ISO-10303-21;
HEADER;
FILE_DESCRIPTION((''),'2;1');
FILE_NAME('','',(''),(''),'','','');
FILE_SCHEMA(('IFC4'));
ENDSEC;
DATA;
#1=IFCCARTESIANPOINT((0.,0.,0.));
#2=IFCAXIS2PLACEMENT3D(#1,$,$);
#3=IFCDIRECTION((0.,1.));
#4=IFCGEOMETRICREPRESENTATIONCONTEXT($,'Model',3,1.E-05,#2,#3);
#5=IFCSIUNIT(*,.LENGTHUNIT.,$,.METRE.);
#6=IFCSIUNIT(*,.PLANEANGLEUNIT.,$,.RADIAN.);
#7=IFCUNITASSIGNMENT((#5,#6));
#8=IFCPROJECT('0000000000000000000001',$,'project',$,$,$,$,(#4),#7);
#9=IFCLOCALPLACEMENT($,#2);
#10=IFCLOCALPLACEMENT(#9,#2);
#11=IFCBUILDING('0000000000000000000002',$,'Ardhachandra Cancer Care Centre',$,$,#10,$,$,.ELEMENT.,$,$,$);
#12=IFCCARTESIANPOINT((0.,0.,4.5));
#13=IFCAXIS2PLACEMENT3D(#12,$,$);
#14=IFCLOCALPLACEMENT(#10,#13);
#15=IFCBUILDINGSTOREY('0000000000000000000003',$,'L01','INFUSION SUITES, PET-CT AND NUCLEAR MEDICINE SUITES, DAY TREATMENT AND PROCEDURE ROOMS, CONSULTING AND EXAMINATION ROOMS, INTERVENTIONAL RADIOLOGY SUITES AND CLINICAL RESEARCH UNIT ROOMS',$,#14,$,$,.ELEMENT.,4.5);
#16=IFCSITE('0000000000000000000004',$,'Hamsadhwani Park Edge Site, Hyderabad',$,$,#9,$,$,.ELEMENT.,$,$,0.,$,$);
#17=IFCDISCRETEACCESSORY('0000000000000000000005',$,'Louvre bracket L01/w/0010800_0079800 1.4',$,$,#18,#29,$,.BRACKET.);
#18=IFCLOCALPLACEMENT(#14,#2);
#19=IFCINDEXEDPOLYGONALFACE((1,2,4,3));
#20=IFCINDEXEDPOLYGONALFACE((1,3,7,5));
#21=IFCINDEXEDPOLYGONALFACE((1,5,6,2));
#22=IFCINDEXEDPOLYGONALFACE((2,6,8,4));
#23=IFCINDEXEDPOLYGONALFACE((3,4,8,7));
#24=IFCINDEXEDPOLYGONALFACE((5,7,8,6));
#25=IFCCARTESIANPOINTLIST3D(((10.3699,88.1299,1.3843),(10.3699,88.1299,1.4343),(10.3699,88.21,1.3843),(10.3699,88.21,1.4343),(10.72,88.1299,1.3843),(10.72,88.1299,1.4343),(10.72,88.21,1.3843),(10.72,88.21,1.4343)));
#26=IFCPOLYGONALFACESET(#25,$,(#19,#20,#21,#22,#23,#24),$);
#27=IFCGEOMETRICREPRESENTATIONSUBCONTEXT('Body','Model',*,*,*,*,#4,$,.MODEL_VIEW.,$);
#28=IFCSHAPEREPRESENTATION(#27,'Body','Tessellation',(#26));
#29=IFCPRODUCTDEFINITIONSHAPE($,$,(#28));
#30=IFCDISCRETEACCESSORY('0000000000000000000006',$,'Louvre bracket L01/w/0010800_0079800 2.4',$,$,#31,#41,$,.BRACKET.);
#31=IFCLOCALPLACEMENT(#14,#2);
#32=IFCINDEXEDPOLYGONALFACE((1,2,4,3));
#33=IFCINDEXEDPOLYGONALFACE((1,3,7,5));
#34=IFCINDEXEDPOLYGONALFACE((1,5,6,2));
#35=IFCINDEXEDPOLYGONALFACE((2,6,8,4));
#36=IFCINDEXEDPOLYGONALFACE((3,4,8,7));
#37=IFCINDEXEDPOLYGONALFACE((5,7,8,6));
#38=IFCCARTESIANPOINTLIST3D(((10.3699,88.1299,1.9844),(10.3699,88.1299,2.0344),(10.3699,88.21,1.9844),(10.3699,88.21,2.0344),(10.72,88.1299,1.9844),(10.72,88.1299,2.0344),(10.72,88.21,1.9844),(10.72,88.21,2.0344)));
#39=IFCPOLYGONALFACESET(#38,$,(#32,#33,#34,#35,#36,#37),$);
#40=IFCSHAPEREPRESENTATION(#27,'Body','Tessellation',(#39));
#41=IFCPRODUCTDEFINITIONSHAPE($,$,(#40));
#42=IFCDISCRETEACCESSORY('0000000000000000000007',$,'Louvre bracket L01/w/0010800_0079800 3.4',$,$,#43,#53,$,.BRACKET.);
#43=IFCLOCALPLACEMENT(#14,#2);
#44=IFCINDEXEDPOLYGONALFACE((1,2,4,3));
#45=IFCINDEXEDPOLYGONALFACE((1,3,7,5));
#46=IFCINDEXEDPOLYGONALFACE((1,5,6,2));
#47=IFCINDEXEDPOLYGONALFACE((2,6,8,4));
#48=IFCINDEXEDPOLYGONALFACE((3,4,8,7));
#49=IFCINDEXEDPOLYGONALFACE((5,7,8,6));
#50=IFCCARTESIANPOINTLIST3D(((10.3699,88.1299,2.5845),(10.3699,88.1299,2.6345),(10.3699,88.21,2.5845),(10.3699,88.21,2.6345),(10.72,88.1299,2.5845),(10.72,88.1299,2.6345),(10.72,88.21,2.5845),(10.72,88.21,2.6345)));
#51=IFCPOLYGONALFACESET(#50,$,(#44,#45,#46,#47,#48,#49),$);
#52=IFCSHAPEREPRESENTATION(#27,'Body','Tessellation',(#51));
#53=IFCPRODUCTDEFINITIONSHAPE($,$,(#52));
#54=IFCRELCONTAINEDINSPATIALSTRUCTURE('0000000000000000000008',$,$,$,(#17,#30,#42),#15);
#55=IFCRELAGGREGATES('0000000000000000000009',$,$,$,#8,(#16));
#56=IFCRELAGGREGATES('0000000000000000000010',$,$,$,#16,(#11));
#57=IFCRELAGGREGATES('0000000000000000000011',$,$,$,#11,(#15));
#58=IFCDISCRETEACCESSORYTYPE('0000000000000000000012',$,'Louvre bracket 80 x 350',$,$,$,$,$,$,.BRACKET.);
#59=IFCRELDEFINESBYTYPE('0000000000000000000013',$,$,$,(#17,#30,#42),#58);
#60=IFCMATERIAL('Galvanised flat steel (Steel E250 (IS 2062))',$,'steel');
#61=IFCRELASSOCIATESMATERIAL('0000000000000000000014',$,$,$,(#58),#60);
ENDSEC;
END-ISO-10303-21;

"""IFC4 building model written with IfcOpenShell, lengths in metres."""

from ifc_helpers import new_model, si_unit, direction, frame, origin, origin_2d, place, context, subcontext, project, spatial, rectangle, extrude, material, type_object, element, save


model = new_model("IFC4")

# Units and contexts
model_context = context("Model", 3, precision=1e-05, world=origin(), true_north=direction((0.0, 1.0)))
body_context = subcontext(model_context, "Body", "Model", "MODEL_VIEW")
ifc_project = project(units=[si_unit("LENGTHUNIT", "METRE"), si_unit("PLANEANGLEUNIT", "RADIAN")], contexts=[model_context])

# Site, building, storey
site_placement = place(None, origin())
site = spatial("IfcSite", under=ifc_project, at=site_placement, Name="Hamsadhwani Park Edge Site, Hyderabad", CompositionType="ELEMENT", RefElevation=0.0)
building_placement = place(site_placement, origin())
building = spatial("IfcBuilding", under=site, at=building_placement, Name="Ardhachandra Cancer Care Centre", CompositionType="ELEMENT")
storey_placement = place(building_placement, frame((0.0, 0.0, 4.5)))
storey = spatial("IfcBuildingStorey", under=building, at=storey_placement, Name="L01", Description="INFUSION SUITES, PET-CT AND NUCLEAR MEDICINE SUITES, DAY TREATMENT AND PROCEDURE ROOMS, CONSULTING AND EXAMINATION ROOMS, INTERVENTIONAL RADIOLOGY SUITES AND CLINICAL RESEARCH UNIT ROOMS", CompositionType="ELEMENT", Elevation=4.5)

# Discrete accessories
ifc_material_1 = material(Name="Galvanised flat steel (Steel E250 (IS 2062))", Category="steel")
discrete_accessory_type = type_object("IfcDiscreteAccessoryType", Name="Louvre bracket 80 x 350", PredefinedType="BRACKET", material=ifc_material_1)
for number, where, z_axis, x_axis, name in (
    (1, (10.5449, 88.1699, 1.3843), (0.0, 0.0, 1.0), (0.0, 1.0, 0.0), "Louvre bracket L01/w/0010800_0079800 1.4"),
    (2, (10.5449, 88.1699, 1.9844), (0.0, 0.0, 1.0), (0.0, 1.0, 0.0), "Louvre bracket L01/w/0010800_0079800 2.4"),
    (3, (10.5449, 88.1699, 2.5845), (0.0, 0.0, 1.0), (0.0, 1.0, 0.0), "Louvre bracket L01/w/0010800_0079800 3.4"),
):
    element("IfcDiscreteAccessory", number, at=place(storey_placement, frame(where, z_axis=z_axis, x_axis=x_axis)), inside=storey, type_object=discrete_accessory_type, Name=name, PredefinedType="BRACKET", context=body_context, shape_type="SweptSolid", body=[
        extrude(rectangle(XDim=0.0801, YDim=0.3501, at=origin_2d()), origin(), (0.0, 0.0, 1.0), 0.05),
    ])

save(model, "model.ifc")
